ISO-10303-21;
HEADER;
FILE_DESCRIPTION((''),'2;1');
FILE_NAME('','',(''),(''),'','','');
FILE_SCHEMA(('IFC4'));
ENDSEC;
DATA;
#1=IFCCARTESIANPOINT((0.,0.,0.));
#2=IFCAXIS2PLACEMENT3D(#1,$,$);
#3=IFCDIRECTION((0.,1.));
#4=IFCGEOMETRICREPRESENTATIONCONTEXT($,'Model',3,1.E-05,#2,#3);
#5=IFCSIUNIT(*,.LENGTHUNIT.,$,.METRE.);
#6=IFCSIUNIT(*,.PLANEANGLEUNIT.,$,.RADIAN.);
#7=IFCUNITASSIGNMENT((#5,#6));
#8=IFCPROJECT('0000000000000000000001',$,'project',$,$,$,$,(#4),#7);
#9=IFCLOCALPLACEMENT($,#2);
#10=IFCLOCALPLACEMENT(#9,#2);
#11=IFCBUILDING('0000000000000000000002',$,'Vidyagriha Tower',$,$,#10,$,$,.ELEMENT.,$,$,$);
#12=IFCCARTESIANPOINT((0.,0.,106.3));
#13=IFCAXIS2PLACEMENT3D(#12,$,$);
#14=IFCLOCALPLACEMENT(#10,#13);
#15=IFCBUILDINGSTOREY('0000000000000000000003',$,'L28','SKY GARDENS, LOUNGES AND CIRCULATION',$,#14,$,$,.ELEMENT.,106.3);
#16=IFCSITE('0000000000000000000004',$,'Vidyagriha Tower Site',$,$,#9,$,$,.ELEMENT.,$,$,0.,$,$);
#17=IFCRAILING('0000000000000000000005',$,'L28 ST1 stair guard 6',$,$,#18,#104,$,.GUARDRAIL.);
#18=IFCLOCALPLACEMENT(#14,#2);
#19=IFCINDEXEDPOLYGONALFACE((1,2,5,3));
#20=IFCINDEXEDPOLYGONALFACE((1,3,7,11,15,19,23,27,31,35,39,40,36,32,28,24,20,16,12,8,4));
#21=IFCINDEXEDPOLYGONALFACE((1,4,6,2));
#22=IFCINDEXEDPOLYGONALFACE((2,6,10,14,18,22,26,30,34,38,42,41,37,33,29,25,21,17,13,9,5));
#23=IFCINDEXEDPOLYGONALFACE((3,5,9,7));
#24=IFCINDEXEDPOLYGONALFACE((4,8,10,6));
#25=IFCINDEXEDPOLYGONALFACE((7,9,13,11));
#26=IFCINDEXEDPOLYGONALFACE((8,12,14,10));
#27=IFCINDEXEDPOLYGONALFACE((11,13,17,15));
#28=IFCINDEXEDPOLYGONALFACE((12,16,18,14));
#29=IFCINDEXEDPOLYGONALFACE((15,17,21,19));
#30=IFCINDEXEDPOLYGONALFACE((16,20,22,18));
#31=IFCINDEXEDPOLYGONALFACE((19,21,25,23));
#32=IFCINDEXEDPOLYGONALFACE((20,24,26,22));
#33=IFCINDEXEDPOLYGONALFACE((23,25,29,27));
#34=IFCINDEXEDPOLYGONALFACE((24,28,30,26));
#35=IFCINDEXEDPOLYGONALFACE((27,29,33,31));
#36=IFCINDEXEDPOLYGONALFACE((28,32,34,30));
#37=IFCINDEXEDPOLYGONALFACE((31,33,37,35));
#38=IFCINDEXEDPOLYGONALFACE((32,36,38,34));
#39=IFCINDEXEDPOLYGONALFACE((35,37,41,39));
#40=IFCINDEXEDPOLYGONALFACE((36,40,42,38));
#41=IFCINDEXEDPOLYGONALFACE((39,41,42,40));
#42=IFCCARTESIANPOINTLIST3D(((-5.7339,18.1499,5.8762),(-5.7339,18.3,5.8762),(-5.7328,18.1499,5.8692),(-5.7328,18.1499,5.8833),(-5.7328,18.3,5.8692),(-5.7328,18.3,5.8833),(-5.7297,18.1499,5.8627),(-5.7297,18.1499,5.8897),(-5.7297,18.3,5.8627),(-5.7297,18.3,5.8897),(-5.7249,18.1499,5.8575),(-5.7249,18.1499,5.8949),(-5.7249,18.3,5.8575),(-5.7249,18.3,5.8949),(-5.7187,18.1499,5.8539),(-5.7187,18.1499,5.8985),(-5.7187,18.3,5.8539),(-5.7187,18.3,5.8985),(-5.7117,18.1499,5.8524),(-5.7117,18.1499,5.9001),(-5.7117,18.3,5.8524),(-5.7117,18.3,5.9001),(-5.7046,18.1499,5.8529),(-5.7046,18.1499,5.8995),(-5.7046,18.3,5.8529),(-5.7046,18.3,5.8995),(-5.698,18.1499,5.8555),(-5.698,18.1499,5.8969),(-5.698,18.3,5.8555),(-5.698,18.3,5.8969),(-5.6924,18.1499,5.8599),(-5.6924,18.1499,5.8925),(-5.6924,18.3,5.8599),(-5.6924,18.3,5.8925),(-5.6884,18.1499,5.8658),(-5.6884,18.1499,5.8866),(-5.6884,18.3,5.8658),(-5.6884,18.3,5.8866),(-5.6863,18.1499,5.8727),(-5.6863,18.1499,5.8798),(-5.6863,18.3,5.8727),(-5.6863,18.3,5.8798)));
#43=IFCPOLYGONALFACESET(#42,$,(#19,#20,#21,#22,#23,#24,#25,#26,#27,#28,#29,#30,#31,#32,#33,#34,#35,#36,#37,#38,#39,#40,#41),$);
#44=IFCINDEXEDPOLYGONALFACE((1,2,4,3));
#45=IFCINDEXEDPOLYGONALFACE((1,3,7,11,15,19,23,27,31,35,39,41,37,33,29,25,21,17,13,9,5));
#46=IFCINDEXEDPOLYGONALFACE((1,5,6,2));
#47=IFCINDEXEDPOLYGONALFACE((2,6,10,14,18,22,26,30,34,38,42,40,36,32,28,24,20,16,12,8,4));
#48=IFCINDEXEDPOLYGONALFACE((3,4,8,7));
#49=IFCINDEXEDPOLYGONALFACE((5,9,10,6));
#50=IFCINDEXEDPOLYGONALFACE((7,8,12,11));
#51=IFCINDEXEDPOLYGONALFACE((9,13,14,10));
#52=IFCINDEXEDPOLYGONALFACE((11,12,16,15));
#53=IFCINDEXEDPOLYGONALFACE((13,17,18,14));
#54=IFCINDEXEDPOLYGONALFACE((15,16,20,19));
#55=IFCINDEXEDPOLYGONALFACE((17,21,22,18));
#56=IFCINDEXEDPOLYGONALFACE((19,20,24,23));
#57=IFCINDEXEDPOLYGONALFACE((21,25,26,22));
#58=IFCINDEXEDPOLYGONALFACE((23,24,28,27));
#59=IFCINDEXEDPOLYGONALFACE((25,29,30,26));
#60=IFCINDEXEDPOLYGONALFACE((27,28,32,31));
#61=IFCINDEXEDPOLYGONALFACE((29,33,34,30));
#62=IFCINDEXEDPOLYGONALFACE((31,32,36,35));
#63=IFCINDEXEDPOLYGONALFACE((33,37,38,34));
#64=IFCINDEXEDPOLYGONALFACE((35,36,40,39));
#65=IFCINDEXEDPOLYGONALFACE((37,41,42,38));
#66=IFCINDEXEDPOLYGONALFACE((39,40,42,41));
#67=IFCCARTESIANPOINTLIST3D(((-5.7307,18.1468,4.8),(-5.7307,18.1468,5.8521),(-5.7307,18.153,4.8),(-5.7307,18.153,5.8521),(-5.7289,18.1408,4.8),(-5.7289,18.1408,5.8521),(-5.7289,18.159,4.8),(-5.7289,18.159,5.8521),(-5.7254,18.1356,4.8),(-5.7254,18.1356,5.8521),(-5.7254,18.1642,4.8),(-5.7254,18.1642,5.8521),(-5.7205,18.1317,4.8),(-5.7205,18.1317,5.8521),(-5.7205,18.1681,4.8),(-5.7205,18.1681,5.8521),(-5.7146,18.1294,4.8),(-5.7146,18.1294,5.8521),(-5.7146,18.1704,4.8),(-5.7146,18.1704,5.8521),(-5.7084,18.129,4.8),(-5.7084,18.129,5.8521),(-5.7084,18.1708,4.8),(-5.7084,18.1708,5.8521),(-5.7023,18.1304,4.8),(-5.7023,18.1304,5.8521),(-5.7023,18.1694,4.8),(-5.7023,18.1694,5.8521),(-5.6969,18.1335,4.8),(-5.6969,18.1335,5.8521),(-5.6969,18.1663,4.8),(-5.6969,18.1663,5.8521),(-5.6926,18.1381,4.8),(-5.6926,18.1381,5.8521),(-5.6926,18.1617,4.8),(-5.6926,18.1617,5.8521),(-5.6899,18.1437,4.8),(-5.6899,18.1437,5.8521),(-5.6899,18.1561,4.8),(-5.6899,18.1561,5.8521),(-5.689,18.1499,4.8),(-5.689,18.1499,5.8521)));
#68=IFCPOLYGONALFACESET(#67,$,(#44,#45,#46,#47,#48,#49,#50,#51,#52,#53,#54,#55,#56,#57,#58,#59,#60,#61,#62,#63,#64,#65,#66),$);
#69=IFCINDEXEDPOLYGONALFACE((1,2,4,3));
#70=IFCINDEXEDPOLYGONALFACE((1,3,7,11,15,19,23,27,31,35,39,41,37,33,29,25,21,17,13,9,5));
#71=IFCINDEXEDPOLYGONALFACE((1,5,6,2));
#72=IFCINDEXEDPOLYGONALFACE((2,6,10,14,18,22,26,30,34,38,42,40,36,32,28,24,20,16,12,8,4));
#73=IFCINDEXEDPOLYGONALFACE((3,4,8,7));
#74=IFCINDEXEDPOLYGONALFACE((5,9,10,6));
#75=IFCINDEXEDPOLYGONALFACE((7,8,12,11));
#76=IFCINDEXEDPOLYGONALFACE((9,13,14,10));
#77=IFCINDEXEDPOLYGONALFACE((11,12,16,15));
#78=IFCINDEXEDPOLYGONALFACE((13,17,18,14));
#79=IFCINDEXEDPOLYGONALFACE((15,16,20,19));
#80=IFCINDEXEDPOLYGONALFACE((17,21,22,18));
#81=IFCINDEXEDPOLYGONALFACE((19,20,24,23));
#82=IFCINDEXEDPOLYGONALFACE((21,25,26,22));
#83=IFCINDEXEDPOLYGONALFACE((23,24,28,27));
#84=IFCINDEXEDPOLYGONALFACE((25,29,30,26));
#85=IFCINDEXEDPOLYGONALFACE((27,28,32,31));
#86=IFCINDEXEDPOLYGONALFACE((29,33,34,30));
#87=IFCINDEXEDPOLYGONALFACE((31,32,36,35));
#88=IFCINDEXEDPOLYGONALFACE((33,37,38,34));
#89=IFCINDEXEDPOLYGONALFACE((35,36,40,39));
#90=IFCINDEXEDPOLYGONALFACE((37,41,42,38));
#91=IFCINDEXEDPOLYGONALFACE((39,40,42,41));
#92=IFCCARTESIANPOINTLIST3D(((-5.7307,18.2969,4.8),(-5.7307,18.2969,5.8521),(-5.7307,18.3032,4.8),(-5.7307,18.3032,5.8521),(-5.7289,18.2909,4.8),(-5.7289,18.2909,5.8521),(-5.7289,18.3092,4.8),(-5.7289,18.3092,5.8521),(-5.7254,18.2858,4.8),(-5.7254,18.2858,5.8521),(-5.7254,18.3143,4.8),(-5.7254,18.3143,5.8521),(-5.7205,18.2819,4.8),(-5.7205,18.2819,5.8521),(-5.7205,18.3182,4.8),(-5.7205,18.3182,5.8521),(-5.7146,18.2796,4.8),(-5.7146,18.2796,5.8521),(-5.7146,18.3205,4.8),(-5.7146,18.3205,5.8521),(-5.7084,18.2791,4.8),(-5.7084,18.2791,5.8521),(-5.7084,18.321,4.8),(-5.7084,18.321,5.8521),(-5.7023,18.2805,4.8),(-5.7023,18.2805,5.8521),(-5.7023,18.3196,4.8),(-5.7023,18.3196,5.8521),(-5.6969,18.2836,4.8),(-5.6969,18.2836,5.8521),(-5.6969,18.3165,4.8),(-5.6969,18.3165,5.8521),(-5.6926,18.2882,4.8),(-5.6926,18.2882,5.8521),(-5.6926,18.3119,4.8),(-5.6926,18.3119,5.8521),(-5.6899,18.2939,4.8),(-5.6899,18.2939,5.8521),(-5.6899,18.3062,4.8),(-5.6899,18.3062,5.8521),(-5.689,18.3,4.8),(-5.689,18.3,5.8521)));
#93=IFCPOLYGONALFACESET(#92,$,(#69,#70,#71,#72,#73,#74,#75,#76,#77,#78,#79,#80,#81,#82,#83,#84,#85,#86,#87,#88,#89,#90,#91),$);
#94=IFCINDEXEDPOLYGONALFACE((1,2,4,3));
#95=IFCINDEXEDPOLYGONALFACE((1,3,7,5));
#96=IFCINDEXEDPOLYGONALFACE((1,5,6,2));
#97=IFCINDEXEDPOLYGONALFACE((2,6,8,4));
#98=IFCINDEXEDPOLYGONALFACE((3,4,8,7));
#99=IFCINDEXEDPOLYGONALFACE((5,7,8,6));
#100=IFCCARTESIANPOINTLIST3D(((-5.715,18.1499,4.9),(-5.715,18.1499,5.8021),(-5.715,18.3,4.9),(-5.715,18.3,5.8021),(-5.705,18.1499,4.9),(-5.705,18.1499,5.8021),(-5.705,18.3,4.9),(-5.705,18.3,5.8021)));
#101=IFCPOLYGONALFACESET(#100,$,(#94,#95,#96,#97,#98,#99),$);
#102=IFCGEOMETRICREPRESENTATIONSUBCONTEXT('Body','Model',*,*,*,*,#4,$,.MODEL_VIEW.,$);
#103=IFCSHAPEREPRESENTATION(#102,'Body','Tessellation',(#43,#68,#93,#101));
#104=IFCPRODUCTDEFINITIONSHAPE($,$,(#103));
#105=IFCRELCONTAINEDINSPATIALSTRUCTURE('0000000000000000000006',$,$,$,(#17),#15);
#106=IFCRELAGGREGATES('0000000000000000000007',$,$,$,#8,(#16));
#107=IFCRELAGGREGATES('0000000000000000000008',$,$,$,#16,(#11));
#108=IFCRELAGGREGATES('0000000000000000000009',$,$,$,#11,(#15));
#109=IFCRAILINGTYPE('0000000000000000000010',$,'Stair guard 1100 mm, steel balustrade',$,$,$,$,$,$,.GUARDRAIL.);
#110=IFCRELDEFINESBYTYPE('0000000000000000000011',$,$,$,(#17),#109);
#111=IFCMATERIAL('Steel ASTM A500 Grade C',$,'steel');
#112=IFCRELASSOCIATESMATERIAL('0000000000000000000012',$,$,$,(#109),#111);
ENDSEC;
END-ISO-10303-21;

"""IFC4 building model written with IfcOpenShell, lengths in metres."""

from ifc_helpers import new_model, si_unit, direction, frame, origin, origin_2d, place, context, subcontext, project, spatial, rectangle, circle, extrude, material, type_object, element, save


model = new_model("IFC4")

# Units and contexts
model_context = context("Model", 3, precision=1e-05, world=origin(), true_north=direction((0.0, 1.0)))
body_context = subcontext(model_context, "Body", "Model", "MODEL_VIEW")
ifc_project = project(units=[si_unit("LENGTHUNIT", "METRE"), si_unit("PLANEANGLEUNIT", "RADIAN")], contexts=[model_context])

# Site, building, storey
site_placement = place(None, origin())
site = spatial("IfcSite", under=ifc_project, at=site_placement, Name="Vidyagriha Tower Site", CompositionType="ELEMENT", RefElevation=0.0)
building_placement = place(site_placement, origin())
building = spatial("IfcBuilding", under=site, at=building_placement, Name="Vidyagriha Tower", CompositionType="ELEMENT")
storey_placement = place(building_placement, frame((0.0, 0.0, 106.3)))
storey = spatial("IfcBuildingStorey", under=building, at=storey_placement, Name="L28", Description="SKY GARDENS, LOUNGES AND CIRCULATION", CompositionType="ELEMENT", Elevation=106.3)

# Railing
ifc_material_1 = material(Name="Steel ASTM A500 Grade C", Category="steel")
railing_type_1 = type_object("IfcRailingType", Name="Stair guard 1100 mm, steel balustrade", PredefinedType="GUARDRAIL", material=ifc_material_1)
railing_1_placement = place(storey_placement, frame((-5.71, 18.1499, 4.8)))
element("IfcRailing", 1, at=railing_1_placement, inside=storey, type_object=railing_type_1, Name="L28 ST1 stair guard 6", PredefinedType="GUARDRAIL", context=body_context, shape_type="SweptSolid", body=[
    extrude(circle(Radius=0.0239, at=origin_2d()), frame((0.0, 0.0, 1.0762), z_axis=(0.0, 1.0, 0.0), x_axis=(-1.0, 0.0, 0.0)), (0.0, 0.0, 1.0), 0.1501),
    extrude(circle(Radius=0.021, at=origin_2d()), origin(), (0.0, 0.0, 1.0), 1.052),
    extrude(circle(Radius=0.021, at=origin_2d()), frame((0.0, 0.1501, 0.0)), (0.0, 0.0, 1.0), 1.052),
    extrude(rectangle(XDim=0.01, YDim=0.9021, at=origin_2d()), frame((0.0, 0.0, 0.551), z_axis=(0.0, 1.0, 0.0), x_axis=(-1.0, 0.0, 0.0)), (0.0, 0.0, 1.0), 0.1501),
])

save(model, "model.ifc")
